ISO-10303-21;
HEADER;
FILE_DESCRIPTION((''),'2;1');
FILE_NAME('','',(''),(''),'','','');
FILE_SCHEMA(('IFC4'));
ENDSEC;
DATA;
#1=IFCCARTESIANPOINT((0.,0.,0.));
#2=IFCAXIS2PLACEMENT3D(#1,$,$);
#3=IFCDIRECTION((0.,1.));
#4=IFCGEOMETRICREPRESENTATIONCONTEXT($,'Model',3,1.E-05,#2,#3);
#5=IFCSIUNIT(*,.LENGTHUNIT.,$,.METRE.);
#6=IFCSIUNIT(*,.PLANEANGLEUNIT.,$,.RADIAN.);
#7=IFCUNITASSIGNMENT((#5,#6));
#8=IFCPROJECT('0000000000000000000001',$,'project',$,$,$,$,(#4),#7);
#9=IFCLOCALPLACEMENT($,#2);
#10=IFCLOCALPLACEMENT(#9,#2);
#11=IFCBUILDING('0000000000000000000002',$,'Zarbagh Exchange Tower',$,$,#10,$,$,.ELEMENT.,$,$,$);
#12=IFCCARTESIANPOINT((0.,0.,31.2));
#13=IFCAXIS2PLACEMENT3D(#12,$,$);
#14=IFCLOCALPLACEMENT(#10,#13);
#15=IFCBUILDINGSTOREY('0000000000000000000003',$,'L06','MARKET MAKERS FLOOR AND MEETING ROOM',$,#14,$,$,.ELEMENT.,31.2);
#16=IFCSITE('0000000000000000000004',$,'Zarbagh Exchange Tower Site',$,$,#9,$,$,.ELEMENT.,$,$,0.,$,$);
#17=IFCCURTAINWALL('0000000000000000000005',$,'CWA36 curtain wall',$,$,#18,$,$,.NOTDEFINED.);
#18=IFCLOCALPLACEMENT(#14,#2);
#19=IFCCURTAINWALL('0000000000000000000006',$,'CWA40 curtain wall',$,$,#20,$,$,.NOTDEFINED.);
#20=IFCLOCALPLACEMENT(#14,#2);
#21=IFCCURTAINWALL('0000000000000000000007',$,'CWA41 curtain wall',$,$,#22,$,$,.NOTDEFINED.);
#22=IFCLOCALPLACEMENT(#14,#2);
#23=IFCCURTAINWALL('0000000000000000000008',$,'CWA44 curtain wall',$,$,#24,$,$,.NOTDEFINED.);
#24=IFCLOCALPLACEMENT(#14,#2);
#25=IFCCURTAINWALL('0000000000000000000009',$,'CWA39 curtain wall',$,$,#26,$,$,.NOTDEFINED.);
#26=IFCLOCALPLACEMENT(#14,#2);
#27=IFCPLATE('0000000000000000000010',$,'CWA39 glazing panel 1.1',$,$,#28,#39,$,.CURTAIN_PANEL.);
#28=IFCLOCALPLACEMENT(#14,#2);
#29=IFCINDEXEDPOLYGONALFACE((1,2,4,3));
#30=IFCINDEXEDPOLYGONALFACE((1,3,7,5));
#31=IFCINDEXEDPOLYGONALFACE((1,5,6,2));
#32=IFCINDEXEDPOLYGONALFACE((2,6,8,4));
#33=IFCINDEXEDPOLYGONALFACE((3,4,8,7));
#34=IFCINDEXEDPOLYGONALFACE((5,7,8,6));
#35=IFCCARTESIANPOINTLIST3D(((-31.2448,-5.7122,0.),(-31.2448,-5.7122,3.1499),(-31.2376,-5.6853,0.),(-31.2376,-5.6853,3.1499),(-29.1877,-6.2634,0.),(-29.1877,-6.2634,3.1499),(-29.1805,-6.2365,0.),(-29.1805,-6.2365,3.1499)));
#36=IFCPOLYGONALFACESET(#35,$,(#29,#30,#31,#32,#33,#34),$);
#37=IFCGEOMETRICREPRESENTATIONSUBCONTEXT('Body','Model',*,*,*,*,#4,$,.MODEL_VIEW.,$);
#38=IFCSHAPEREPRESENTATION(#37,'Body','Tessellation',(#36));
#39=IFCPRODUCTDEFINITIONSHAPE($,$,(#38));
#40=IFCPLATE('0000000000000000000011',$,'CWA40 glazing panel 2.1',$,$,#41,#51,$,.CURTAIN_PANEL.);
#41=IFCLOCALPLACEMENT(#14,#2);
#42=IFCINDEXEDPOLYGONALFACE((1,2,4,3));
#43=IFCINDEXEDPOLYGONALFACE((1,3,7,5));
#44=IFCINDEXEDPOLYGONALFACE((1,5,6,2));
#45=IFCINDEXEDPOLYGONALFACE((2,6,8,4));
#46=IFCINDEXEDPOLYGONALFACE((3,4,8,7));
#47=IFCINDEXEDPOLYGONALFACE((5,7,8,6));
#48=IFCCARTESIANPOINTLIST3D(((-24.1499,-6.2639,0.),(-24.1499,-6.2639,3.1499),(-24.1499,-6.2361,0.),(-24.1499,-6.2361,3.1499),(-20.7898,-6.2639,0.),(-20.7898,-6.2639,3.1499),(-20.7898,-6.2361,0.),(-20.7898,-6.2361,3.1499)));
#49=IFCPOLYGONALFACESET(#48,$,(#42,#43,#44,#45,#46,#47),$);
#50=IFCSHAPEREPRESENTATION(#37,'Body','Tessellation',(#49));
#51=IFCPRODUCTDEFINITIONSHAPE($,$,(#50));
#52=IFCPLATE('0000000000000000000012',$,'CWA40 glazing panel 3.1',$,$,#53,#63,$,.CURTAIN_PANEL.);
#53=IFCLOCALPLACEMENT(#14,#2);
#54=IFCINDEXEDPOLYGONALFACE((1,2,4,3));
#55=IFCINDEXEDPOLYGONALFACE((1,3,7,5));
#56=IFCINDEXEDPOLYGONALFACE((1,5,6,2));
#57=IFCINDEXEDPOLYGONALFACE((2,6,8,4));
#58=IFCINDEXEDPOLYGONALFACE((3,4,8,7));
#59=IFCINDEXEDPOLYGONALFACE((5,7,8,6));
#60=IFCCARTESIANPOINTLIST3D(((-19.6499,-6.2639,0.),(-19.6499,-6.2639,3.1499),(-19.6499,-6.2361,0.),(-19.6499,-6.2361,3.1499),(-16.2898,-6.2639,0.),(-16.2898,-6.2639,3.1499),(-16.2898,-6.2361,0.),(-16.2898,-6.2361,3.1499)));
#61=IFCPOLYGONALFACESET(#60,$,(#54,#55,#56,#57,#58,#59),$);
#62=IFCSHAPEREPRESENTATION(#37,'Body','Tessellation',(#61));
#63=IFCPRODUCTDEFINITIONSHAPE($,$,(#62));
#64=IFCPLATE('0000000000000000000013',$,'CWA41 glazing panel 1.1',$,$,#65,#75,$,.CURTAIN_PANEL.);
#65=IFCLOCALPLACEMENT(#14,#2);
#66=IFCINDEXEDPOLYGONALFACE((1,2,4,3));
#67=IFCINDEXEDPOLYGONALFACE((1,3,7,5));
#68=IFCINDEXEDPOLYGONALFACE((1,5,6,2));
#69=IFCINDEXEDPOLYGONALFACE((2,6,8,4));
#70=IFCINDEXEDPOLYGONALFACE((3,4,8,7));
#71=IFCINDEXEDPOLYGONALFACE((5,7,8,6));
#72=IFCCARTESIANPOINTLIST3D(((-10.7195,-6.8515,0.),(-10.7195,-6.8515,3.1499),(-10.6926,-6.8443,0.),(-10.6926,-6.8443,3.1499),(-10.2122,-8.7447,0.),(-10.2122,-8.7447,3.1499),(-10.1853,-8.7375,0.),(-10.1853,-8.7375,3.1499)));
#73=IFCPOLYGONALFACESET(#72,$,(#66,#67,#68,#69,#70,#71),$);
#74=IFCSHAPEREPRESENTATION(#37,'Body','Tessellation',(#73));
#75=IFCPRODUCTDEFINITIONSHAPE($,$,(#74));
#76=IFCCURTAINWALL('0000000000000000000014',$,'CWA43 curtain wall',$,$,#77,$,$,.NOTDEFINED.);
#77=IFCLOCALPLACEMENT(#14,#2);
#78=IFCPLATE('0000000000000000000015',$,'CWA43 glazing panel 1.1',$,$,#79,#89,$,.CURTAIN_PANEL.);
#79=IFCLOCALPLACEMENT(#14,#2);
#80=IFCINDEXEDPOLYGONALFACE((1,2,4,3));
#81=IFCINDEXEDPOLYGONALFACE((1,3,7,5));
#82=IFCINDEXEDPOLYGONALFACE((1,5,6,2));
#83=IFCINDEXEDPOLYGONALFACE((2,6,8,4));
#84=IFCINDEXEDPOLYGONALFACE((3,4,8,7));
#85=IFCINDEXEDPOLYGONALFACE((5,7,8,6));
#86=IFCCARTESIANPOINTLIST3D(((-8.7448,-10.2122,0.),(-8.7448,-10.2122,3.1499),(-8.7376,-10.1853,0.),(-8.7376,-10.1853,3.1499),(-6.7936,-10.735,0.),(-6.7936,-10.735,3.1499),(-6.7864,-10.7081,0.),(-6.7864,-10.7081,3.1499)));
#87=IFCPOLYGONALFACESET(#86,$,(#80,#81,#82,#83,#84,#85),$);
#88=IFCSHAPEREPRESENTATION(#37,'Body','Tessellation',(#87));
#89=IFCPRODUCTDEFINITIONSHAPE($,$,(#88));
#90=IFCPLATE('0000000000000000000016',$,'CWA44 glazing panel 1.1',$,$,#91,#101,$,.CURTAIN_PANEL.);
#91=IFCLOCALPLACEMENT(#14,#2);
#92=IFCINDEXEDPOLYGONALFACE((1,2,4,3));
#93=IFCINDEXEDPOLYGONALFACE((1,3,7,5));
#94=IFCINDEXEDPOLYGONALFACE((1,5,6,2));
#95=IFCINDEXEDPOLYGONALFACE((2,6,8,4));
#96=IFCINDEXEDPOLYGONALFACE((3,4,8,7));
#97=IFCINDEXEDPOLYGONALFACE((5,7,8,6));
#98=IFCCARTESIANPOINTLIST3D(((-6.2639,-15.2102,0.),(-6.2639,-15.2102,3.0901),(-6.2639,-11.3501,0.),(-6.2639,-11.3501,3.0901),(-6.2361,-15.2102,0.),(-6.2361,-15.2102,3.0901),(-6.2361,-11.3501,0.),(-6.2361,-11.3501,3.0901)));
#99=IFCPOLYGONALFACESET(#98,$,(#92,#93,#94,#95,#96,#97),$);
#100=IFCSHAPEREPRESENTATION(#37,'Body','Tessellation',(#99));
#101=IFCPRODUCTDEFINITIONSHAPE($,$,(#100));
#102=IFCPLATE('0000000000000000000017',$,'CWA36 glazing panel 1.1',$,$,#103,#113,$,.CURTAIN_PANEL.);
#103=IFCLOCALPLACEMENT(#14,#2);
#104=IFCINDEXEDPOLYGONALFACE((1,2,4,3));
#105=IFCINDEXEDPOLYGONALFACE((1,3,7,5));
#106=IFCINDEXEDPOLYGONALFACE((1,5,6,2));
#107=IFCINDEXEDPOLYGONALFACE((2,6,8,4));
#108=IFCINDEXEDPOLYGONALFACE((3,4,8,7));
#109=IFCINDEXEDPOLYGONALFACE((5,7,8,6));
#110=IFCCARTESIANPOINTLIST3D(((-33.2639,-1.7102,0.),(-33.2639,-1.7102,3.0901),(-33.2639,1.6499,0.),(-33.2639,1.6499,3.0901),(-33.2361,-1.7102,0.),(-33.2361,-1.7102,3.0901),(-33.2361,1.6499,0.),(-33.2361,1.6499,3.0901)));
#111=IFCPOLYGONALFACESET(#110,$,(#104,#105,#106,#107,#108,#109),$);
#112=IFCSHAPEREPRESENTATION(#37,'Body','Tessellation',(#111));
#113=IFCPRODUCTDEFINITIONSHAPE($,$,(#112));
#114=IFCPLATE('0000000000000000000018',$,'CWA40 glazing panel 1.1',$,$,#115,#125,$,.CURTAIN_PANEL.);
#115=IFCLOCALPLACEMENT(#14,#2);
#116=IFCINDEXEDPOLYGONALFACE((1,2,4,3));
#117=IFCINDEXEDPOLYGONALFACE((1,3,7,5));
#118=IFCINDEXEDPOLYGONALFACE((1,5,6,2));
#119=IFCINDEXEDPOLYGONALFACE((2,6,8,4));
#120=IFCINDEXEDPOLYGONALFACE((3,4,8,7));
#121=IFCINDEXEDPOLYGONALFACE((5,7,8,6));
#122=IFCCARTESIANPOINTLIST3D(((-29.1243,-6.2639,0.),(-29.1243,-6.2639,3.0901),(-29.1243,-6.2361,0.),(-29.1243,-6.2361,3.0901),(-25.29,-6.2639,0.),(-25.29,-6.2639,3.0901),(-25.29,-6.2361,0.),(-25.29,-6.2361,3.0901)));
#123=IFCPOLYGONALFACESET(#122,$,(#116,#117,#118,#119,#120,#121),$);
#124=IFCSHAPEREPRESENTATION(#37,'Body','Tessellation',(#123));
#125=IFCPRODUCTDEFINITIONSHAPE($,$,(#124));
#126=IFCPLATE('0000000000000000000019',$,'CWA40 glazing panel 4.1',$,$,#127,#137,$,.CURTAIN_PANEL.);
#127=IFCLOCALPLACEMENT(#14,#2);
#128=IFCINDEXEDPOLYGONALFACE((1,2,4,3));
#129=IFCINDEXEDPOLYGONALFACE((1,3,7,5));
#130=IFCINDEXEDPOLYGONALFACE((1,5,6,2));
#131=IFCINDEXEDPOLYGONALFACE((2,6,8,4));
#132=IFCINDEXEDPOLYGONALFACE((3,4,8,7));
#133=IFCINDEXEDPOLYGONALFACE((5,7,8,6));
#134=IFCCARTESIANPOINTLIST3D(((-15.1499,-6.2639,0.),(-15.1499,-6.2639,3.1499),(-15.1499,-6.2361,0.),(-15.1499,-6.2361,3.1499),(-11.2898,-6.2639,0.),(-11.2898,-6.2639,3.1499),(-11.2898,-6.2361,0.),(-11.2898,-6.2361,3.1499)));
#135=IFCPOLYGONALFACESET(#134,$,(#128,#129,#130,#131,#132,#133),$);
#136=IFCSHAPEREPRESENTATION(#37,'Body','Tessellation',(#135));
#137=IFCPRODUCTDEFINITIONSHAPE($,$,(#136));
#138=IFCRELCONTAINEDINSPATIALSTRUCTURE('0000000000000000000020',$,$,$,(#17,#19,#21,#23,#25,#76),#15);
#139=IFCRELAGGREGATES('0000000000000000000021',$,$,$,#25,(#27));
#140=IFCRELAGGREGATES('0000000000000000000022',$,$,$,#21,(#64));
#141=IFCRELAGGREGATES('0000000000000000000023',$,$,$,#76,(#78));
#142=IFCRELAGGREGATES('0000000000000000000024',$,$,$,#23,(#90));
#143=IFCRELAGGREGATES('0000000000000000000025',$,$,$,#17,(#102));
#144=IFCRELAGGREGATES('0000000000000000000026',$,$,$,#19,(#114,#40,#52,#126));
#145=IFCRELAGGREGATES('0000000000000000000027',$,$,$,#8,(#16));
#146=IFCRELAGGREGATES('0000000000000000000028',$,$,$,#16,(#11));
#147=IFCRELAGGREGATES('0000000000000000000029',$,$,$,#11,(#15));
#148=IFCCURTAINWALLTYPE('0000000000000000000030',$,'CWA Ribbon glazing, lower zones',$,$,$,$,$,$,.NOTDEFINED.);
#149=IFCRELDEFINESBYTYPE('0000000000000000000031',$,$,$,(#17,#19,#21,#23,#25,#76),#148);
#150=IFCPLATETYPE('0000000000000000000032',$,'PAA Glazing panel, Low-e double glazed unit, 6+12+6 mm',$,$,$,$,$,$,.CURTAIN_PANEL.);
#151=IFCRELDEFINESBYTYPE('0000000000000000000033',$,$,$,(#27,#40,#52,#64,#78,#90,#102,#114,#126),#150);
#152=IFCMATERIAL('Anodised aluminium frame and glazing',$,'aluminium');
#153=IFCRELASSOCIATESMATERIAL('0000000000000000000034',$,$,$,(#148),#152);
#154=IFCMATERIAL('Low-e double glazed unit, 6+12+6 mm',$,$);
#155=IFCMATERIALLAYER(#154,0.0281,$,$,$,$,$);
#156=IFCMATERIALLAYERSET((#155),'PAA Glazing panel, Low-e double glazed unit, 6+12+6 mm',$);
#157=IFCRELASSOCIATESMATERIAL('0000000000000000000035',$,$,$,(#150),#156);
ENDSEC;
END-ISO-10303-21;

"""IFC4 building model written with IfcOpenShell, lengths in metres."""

from ifc_helpers import new_model, si_unit, direction, frame, origin, place, context, subcontext, project, spatial, polyline, outline, extrude, source, transform, mapped, material, layer, layer_set, type_object, element, aggregate, save


model = new_model("IFC4")

# Units and contexts
model_context = context("Model", 3, precision=1e-05, world=origin(), true_north=direction((0.0, 1.0)))
body_context = subcontext(model_context, "Body", "Model", "MODEL_VIEW")
ifc_project = project(units=[si_unit("LENGTHUNIT", "METRE"), si_unit("PLANEANGLEUNIT", "RADIAN")], contexts=[model_context])

# Site, building, storey
site_placement = place(None, origin())
site = spatial("IfcSite", under=ifc_project, at=site_placement, Name="Zarbagh Exchange Tower Site", CompositionType="ELEMENT", RefElevation=0.0)
building_placement = place(site_placement, origin())
building = spatial("IfcBuilding", under=site, at=building_placement, Name="Zarbagh Exchange Tower", CompositionType="ELEMENT")
storey_placement = place(building_placement, frame((0.0, 0.0, 31.2)))
storey = spatial("IfcBuildingStorey", under=building, at=storey_placement, Name="L06", Description="MARKET MAKERS FLOOR AND MEETING ROOM", CompositionType="ELEMENT", Elevation=31.2)

# Curtain wall
ifc_material_1 = material(Name="Anodised aluminium frame and glazing", Category="aluminium")
curtain_wall_type = type_object("IfcCurtainWallType", Name="CWA Ribbon glazing, lower zones", PredefinedType="NOTDEFINED", material=ifc_material_1)
curtain_wall_1_placement = place(storey_placement, origin())
curtain_wall_1 = element("IfcCurtainWall", 1, at=curtain_wall_1_placement, inside=storey, type_object=curtain_wall_type, Name="CWA36 curtain wall", PredefinedType="NOTDEFINED")
placement = place(storey_placement, origin())

# Curtain wall
curtain_wall_2_placement = place(storey_placement, origin())
curtain_wall_2 = element("IfcCurtainWall", 2, at=curtain_wall_2_placement, inside=storey, type_object=curtain_wall_type, Name="CWA40 curtain wall", PredefinedType="NOTDEFINED")

# Curtain wall
curtain_wall_3_placement = place(storey_placement, origin())
curtain_wall_3 = element("IfcCurtainWall", 3, at=curtain_wall_3_placement, inside=storey, type_object=curtain_wall_type, Name="CWA41 curtain wall", PredefinedType="NOTDEFINED")

# Curtain wall
curtain_wall_4_placement = place(storey_placement, origin())
curtain_wall_4 = element("IfcCurtainWall", 4, at=curtain_wall_4_placement, inside=storey, type_object=curtain_wall_type, Name="CWA44 curtain wall", PredefinedType="NOTDEFINED")

# Shared definitions
ifc_material_2 = material(Name="Low-e double glazed unit, 6+12+6 mm")
ifc_layer = layer(ifc_material_2, 0.0281)
ifc_layer_set = layer_set([ifc_layer], Name="PAA Glazing panel, Low-e double glazed unit, 6+12+6 mm")
plate_type = type_object("IfcPlateType", Name="PAA Glazing panel, Low-e double glazed unit, 6+12+6 mm", PredefinedType="CURTAIN_PANEL", material=ifc_layer_set)

# Curtain wall, plate
curtain_wall_5_placement = place(storey_placement, origin())
curtain_wall_5 = element("IfcCurtainWall", 5, at=curtain_wall_5_placement, inside=storey, type_object=curtain_wall_type, Name="CWA39 curtain wall", PredefinedType="NOTDEFINED")
shared_shape_1 = source(origin(), body_context, "Body", "SweptSolid", [
    extrude(outline(polyline([(0.0, -0.0139), (2.1296, -0.0139), (2.1296, 0.0139), (0.0, 0.0139), (0.0, -0.0139)])), origin(), (0.0, 0.0, 1.0), 3.1499),
])
plate_1 = element("IfcPlate", 6, at=placement, type_object=plate_type, Name="CWA39 glazing panel 1.1", PredefinedType="CURTAIN_PANEL", context=body_context, shape_type="MappedRepresentation", body=[
    mapped(shared_shape_1, transform((-31.2412, -5.6987, 0.0), x_axis=(0.965924, -0.258825, 0.0), y_axis=(0.258825, 0.965924, 0.0), z_axis=(0.0, 0.0, 1.0))),
])
aggregate(curtain_wall_5, [plate_1])

# Plates
shared_shape_2 = source(origin(), body_context, "Body", "SweptSolid", [
    extrude(outline(polyline([(0.0, -0.0139), (3.3601, -0.0139), (3.3601, 0.0139), (0.0, 0.0139), (0.0, -0.0139)])), origin(), (0.0, 0.0, 1.0), 3.1499),
])
plate_2 = element("IfcPlate", 7, at=placement, type_object=plate_type, Name="CWA40 glazing panel 2.1", PredefinedType="CURTAIN_PANEL", context=body_context, shape_type="MappedRepresentation", body=[
    mapped(shared_shape_2, transform((-24.1499, -6.25, 0.0), x_axis=(1.0, 0.0, 0.0), y_axis=(0.0, 1.0, 0.0), z_axis=(0.0, 0.0, 1.0))),
])
plate_3 = element("IfcPlate", 8, at=placement, type_object=plate_type, Name="CWA40 glazing panel 3.1", PredefinedType="CURTAIN_PANEL", context=body_context, shape_type="MappedRepresentation", body=[
    mapped(shared_shape_2, transform((-19.6499, -6.25, 0.0), x_axis=(1.0, 0.0, 0.0), y_axis=(0.0, 1.0, 0.0), z_axis=(0.0, 0.0, 1.0))),
])
shared_shape_3 = source(origin(), body_context, "Body", "SweptSolid", [
    extrude(outline(polyline([(0.0, -0.0139), (1.96, -0.0139), (1.96, 0.0139), (0.0, 0.0139), (0.0, -0.0139)])), origin(), (0.0, 0.0, 1.0), 3.1499),
])
plate_4 = element("IfcPlate", 9, at=placement, type_object=plate_type, Name="CWA41 glazing panel 1.1", PredefinedType="CURTAIN_PANEL", context=body_context, shape_type="MappedRepresentation", body=[
    mapped(shared_shape_3, transform((-10.7061, -6.8479, 0.0), x_axis=(0.258825, -0.965924, 0.0), y_axis=(0.965924, 0.258825, 0.0), z_axis=(0.0, 0.0, 1.0))),
])
aggregate(curtain_wall_3, [plate_4])

# Curtain wall, plate
curtain_wall_6_placement = place(storey_placement, origin())
curtain_wall_6 = element("IfcCurtainWall", 10, at=curtain_wall_6_placement, inside=storey, type_object=curtain_wall_type, Name="CWA43 curtain wall", PredefinedType="NOTDEFINED")
shared_shape_4 = source(origin(), body_context, "Body", "SweptSolid", [
    extrude(outline(polyline([(0.0, -0.0139), (2.02, -0.0139), (2.02, 0.0139), (0.0, 0.0139), (0.0, -0.0139)])), origin(), (0.0, 0.0, 1.0), 3.1499),
])
plate_5 = element("IfcPlate", 11, at=placement, type_object=plate_type, Name="CWA43 glazing panel 1.1", PredefinedType="CURTAIN_PANEL", context=body_context, shape_type="MappedRepresentation", body=[
    mapped(shared_shape_4, transform((-8.7412, -10.1987, 0.0), x_axis=(0.965924, -0.258825, 0.0), y_axis=(0.258825, 0.965924, 0.0), z_axis=(0.0, 0.0, 1.0))),
])
aggregate(curtain_wall_6, [plate_5])

# Plates
shared_shape_5 = source(origin(), body_context, "Body", "SweptSolid", [
    extrude(outline(polyline([(0.0, -0.0139), (3.8601, -0.0139), (3.8601, 0.0139), (0.0, 0.0139), (0.0, -0.0139)])), origin(), (0.0, 0.0, 1.0), 3.0901),
])
plate_6 = element("IfcPlate", 12, at=placement, type_object=plate_type, Name="CWA44 glazing panel 1.1", PredefinedType="CURTAIN_PANEL", context=body_context, shape_type="MappedRepresentation", body=[
    mapped(shared_shape_5, transform((-6.25, -11.3501, 0.0), x_axis=(0.0, -1.0, 0.0), y_axis=(1.0, 0.0, 0.0), z_axis=(0.0, 0.0, 1.0))),
])
aggregate(curtain_wall_4, [plate_6])
shared_shape_6 = source(origin(), body_context, "Body", "SweptSolid", [
    extrude(outline(polyline([(0.0, -0.0139), (3.3601, -0.0139), (3.3601, 0.0139), (0.0, 0.0139), (0.0, -0.0139)])), origin(), (0.0, 0.0, 1.0), 3.0901),
])
plate_7 = element("IfcPlate", 13, at=placement, type_object=plate_type, Name="CWA36 glazing panel 1.1", PredefinedType="CURTAIN_PANEL", context=body_context, shape_type="MappedRepresentation", body=[
    mapped(shared_shape_6, transform((-33.25, 1.6499, 0.0), x_axis=(0.0, -1.0, 0.0), y_axis=(1.0, 0.0, 0.0), z_axis=(0.0, 0.0, 1.0))),
])
aggregate(curtain_wall_1, [plate_7])
shared_shape_7 = source(origin(), body_context, "Body", "SweptSolid", [
    extrude(outline(polyline([(0.0, -0.0139), (3.8342, -0.0139), (3.8342, 0.0139), (0.0, 0.0139), (0.0, -0.0139)])), origin(), (0.0, 0.0, 1.0), 3.0901),
])
plate_8 = element("IfcPlate", 14, at=placement, type_object=plate_type, Name="CWA40 glazing panel 1.1", PredefinedType="CURTAIN_PANEL", context=body_context, shape_type="MappedRepresentation", body=[
    mapped(shared_shape_7, transform((-29.1243, -6.25, 0.0), x_axis=(1.0, 0.0, 0.0), y_axis=(0.0, 1.0, 0.0), z_axis=(0.0, 0.0, 1.0))),
])
shared_shape_8 = source(origin(), body_context, "Body", "SweptSolid", [
    extrude(outline(polyline([(0.0, -0.0139), (3.8601, -0.0139), (3.8601, 0.0139), (0.0, 0.0139), (0.0, -0.0139)])), origin(), (0.0, 0.0, 1.0), 3.1499),
])
plate_9 = element("IfcPlate", 15, at=placement, type_object=plate_type, Name="CWA40 glazing panel 4.1", PredefinedType="CURTAIN_PANEL", context=body_context, shape_type="MappedRepresentation", body=[
    mapped(shared_shape_8, transform((-15.1499, -6.25, 0.0), x_axis=(1.0, 0.0, 0.0), y_axis=(0.0, 1.0, 0.0), z_axis=(0.0, 0.0, 1.0))),
])
aggregate(curtain_wall_2, [plate_8, plate_2, plate_3, plate_9])

save(model, "model.ifc")
